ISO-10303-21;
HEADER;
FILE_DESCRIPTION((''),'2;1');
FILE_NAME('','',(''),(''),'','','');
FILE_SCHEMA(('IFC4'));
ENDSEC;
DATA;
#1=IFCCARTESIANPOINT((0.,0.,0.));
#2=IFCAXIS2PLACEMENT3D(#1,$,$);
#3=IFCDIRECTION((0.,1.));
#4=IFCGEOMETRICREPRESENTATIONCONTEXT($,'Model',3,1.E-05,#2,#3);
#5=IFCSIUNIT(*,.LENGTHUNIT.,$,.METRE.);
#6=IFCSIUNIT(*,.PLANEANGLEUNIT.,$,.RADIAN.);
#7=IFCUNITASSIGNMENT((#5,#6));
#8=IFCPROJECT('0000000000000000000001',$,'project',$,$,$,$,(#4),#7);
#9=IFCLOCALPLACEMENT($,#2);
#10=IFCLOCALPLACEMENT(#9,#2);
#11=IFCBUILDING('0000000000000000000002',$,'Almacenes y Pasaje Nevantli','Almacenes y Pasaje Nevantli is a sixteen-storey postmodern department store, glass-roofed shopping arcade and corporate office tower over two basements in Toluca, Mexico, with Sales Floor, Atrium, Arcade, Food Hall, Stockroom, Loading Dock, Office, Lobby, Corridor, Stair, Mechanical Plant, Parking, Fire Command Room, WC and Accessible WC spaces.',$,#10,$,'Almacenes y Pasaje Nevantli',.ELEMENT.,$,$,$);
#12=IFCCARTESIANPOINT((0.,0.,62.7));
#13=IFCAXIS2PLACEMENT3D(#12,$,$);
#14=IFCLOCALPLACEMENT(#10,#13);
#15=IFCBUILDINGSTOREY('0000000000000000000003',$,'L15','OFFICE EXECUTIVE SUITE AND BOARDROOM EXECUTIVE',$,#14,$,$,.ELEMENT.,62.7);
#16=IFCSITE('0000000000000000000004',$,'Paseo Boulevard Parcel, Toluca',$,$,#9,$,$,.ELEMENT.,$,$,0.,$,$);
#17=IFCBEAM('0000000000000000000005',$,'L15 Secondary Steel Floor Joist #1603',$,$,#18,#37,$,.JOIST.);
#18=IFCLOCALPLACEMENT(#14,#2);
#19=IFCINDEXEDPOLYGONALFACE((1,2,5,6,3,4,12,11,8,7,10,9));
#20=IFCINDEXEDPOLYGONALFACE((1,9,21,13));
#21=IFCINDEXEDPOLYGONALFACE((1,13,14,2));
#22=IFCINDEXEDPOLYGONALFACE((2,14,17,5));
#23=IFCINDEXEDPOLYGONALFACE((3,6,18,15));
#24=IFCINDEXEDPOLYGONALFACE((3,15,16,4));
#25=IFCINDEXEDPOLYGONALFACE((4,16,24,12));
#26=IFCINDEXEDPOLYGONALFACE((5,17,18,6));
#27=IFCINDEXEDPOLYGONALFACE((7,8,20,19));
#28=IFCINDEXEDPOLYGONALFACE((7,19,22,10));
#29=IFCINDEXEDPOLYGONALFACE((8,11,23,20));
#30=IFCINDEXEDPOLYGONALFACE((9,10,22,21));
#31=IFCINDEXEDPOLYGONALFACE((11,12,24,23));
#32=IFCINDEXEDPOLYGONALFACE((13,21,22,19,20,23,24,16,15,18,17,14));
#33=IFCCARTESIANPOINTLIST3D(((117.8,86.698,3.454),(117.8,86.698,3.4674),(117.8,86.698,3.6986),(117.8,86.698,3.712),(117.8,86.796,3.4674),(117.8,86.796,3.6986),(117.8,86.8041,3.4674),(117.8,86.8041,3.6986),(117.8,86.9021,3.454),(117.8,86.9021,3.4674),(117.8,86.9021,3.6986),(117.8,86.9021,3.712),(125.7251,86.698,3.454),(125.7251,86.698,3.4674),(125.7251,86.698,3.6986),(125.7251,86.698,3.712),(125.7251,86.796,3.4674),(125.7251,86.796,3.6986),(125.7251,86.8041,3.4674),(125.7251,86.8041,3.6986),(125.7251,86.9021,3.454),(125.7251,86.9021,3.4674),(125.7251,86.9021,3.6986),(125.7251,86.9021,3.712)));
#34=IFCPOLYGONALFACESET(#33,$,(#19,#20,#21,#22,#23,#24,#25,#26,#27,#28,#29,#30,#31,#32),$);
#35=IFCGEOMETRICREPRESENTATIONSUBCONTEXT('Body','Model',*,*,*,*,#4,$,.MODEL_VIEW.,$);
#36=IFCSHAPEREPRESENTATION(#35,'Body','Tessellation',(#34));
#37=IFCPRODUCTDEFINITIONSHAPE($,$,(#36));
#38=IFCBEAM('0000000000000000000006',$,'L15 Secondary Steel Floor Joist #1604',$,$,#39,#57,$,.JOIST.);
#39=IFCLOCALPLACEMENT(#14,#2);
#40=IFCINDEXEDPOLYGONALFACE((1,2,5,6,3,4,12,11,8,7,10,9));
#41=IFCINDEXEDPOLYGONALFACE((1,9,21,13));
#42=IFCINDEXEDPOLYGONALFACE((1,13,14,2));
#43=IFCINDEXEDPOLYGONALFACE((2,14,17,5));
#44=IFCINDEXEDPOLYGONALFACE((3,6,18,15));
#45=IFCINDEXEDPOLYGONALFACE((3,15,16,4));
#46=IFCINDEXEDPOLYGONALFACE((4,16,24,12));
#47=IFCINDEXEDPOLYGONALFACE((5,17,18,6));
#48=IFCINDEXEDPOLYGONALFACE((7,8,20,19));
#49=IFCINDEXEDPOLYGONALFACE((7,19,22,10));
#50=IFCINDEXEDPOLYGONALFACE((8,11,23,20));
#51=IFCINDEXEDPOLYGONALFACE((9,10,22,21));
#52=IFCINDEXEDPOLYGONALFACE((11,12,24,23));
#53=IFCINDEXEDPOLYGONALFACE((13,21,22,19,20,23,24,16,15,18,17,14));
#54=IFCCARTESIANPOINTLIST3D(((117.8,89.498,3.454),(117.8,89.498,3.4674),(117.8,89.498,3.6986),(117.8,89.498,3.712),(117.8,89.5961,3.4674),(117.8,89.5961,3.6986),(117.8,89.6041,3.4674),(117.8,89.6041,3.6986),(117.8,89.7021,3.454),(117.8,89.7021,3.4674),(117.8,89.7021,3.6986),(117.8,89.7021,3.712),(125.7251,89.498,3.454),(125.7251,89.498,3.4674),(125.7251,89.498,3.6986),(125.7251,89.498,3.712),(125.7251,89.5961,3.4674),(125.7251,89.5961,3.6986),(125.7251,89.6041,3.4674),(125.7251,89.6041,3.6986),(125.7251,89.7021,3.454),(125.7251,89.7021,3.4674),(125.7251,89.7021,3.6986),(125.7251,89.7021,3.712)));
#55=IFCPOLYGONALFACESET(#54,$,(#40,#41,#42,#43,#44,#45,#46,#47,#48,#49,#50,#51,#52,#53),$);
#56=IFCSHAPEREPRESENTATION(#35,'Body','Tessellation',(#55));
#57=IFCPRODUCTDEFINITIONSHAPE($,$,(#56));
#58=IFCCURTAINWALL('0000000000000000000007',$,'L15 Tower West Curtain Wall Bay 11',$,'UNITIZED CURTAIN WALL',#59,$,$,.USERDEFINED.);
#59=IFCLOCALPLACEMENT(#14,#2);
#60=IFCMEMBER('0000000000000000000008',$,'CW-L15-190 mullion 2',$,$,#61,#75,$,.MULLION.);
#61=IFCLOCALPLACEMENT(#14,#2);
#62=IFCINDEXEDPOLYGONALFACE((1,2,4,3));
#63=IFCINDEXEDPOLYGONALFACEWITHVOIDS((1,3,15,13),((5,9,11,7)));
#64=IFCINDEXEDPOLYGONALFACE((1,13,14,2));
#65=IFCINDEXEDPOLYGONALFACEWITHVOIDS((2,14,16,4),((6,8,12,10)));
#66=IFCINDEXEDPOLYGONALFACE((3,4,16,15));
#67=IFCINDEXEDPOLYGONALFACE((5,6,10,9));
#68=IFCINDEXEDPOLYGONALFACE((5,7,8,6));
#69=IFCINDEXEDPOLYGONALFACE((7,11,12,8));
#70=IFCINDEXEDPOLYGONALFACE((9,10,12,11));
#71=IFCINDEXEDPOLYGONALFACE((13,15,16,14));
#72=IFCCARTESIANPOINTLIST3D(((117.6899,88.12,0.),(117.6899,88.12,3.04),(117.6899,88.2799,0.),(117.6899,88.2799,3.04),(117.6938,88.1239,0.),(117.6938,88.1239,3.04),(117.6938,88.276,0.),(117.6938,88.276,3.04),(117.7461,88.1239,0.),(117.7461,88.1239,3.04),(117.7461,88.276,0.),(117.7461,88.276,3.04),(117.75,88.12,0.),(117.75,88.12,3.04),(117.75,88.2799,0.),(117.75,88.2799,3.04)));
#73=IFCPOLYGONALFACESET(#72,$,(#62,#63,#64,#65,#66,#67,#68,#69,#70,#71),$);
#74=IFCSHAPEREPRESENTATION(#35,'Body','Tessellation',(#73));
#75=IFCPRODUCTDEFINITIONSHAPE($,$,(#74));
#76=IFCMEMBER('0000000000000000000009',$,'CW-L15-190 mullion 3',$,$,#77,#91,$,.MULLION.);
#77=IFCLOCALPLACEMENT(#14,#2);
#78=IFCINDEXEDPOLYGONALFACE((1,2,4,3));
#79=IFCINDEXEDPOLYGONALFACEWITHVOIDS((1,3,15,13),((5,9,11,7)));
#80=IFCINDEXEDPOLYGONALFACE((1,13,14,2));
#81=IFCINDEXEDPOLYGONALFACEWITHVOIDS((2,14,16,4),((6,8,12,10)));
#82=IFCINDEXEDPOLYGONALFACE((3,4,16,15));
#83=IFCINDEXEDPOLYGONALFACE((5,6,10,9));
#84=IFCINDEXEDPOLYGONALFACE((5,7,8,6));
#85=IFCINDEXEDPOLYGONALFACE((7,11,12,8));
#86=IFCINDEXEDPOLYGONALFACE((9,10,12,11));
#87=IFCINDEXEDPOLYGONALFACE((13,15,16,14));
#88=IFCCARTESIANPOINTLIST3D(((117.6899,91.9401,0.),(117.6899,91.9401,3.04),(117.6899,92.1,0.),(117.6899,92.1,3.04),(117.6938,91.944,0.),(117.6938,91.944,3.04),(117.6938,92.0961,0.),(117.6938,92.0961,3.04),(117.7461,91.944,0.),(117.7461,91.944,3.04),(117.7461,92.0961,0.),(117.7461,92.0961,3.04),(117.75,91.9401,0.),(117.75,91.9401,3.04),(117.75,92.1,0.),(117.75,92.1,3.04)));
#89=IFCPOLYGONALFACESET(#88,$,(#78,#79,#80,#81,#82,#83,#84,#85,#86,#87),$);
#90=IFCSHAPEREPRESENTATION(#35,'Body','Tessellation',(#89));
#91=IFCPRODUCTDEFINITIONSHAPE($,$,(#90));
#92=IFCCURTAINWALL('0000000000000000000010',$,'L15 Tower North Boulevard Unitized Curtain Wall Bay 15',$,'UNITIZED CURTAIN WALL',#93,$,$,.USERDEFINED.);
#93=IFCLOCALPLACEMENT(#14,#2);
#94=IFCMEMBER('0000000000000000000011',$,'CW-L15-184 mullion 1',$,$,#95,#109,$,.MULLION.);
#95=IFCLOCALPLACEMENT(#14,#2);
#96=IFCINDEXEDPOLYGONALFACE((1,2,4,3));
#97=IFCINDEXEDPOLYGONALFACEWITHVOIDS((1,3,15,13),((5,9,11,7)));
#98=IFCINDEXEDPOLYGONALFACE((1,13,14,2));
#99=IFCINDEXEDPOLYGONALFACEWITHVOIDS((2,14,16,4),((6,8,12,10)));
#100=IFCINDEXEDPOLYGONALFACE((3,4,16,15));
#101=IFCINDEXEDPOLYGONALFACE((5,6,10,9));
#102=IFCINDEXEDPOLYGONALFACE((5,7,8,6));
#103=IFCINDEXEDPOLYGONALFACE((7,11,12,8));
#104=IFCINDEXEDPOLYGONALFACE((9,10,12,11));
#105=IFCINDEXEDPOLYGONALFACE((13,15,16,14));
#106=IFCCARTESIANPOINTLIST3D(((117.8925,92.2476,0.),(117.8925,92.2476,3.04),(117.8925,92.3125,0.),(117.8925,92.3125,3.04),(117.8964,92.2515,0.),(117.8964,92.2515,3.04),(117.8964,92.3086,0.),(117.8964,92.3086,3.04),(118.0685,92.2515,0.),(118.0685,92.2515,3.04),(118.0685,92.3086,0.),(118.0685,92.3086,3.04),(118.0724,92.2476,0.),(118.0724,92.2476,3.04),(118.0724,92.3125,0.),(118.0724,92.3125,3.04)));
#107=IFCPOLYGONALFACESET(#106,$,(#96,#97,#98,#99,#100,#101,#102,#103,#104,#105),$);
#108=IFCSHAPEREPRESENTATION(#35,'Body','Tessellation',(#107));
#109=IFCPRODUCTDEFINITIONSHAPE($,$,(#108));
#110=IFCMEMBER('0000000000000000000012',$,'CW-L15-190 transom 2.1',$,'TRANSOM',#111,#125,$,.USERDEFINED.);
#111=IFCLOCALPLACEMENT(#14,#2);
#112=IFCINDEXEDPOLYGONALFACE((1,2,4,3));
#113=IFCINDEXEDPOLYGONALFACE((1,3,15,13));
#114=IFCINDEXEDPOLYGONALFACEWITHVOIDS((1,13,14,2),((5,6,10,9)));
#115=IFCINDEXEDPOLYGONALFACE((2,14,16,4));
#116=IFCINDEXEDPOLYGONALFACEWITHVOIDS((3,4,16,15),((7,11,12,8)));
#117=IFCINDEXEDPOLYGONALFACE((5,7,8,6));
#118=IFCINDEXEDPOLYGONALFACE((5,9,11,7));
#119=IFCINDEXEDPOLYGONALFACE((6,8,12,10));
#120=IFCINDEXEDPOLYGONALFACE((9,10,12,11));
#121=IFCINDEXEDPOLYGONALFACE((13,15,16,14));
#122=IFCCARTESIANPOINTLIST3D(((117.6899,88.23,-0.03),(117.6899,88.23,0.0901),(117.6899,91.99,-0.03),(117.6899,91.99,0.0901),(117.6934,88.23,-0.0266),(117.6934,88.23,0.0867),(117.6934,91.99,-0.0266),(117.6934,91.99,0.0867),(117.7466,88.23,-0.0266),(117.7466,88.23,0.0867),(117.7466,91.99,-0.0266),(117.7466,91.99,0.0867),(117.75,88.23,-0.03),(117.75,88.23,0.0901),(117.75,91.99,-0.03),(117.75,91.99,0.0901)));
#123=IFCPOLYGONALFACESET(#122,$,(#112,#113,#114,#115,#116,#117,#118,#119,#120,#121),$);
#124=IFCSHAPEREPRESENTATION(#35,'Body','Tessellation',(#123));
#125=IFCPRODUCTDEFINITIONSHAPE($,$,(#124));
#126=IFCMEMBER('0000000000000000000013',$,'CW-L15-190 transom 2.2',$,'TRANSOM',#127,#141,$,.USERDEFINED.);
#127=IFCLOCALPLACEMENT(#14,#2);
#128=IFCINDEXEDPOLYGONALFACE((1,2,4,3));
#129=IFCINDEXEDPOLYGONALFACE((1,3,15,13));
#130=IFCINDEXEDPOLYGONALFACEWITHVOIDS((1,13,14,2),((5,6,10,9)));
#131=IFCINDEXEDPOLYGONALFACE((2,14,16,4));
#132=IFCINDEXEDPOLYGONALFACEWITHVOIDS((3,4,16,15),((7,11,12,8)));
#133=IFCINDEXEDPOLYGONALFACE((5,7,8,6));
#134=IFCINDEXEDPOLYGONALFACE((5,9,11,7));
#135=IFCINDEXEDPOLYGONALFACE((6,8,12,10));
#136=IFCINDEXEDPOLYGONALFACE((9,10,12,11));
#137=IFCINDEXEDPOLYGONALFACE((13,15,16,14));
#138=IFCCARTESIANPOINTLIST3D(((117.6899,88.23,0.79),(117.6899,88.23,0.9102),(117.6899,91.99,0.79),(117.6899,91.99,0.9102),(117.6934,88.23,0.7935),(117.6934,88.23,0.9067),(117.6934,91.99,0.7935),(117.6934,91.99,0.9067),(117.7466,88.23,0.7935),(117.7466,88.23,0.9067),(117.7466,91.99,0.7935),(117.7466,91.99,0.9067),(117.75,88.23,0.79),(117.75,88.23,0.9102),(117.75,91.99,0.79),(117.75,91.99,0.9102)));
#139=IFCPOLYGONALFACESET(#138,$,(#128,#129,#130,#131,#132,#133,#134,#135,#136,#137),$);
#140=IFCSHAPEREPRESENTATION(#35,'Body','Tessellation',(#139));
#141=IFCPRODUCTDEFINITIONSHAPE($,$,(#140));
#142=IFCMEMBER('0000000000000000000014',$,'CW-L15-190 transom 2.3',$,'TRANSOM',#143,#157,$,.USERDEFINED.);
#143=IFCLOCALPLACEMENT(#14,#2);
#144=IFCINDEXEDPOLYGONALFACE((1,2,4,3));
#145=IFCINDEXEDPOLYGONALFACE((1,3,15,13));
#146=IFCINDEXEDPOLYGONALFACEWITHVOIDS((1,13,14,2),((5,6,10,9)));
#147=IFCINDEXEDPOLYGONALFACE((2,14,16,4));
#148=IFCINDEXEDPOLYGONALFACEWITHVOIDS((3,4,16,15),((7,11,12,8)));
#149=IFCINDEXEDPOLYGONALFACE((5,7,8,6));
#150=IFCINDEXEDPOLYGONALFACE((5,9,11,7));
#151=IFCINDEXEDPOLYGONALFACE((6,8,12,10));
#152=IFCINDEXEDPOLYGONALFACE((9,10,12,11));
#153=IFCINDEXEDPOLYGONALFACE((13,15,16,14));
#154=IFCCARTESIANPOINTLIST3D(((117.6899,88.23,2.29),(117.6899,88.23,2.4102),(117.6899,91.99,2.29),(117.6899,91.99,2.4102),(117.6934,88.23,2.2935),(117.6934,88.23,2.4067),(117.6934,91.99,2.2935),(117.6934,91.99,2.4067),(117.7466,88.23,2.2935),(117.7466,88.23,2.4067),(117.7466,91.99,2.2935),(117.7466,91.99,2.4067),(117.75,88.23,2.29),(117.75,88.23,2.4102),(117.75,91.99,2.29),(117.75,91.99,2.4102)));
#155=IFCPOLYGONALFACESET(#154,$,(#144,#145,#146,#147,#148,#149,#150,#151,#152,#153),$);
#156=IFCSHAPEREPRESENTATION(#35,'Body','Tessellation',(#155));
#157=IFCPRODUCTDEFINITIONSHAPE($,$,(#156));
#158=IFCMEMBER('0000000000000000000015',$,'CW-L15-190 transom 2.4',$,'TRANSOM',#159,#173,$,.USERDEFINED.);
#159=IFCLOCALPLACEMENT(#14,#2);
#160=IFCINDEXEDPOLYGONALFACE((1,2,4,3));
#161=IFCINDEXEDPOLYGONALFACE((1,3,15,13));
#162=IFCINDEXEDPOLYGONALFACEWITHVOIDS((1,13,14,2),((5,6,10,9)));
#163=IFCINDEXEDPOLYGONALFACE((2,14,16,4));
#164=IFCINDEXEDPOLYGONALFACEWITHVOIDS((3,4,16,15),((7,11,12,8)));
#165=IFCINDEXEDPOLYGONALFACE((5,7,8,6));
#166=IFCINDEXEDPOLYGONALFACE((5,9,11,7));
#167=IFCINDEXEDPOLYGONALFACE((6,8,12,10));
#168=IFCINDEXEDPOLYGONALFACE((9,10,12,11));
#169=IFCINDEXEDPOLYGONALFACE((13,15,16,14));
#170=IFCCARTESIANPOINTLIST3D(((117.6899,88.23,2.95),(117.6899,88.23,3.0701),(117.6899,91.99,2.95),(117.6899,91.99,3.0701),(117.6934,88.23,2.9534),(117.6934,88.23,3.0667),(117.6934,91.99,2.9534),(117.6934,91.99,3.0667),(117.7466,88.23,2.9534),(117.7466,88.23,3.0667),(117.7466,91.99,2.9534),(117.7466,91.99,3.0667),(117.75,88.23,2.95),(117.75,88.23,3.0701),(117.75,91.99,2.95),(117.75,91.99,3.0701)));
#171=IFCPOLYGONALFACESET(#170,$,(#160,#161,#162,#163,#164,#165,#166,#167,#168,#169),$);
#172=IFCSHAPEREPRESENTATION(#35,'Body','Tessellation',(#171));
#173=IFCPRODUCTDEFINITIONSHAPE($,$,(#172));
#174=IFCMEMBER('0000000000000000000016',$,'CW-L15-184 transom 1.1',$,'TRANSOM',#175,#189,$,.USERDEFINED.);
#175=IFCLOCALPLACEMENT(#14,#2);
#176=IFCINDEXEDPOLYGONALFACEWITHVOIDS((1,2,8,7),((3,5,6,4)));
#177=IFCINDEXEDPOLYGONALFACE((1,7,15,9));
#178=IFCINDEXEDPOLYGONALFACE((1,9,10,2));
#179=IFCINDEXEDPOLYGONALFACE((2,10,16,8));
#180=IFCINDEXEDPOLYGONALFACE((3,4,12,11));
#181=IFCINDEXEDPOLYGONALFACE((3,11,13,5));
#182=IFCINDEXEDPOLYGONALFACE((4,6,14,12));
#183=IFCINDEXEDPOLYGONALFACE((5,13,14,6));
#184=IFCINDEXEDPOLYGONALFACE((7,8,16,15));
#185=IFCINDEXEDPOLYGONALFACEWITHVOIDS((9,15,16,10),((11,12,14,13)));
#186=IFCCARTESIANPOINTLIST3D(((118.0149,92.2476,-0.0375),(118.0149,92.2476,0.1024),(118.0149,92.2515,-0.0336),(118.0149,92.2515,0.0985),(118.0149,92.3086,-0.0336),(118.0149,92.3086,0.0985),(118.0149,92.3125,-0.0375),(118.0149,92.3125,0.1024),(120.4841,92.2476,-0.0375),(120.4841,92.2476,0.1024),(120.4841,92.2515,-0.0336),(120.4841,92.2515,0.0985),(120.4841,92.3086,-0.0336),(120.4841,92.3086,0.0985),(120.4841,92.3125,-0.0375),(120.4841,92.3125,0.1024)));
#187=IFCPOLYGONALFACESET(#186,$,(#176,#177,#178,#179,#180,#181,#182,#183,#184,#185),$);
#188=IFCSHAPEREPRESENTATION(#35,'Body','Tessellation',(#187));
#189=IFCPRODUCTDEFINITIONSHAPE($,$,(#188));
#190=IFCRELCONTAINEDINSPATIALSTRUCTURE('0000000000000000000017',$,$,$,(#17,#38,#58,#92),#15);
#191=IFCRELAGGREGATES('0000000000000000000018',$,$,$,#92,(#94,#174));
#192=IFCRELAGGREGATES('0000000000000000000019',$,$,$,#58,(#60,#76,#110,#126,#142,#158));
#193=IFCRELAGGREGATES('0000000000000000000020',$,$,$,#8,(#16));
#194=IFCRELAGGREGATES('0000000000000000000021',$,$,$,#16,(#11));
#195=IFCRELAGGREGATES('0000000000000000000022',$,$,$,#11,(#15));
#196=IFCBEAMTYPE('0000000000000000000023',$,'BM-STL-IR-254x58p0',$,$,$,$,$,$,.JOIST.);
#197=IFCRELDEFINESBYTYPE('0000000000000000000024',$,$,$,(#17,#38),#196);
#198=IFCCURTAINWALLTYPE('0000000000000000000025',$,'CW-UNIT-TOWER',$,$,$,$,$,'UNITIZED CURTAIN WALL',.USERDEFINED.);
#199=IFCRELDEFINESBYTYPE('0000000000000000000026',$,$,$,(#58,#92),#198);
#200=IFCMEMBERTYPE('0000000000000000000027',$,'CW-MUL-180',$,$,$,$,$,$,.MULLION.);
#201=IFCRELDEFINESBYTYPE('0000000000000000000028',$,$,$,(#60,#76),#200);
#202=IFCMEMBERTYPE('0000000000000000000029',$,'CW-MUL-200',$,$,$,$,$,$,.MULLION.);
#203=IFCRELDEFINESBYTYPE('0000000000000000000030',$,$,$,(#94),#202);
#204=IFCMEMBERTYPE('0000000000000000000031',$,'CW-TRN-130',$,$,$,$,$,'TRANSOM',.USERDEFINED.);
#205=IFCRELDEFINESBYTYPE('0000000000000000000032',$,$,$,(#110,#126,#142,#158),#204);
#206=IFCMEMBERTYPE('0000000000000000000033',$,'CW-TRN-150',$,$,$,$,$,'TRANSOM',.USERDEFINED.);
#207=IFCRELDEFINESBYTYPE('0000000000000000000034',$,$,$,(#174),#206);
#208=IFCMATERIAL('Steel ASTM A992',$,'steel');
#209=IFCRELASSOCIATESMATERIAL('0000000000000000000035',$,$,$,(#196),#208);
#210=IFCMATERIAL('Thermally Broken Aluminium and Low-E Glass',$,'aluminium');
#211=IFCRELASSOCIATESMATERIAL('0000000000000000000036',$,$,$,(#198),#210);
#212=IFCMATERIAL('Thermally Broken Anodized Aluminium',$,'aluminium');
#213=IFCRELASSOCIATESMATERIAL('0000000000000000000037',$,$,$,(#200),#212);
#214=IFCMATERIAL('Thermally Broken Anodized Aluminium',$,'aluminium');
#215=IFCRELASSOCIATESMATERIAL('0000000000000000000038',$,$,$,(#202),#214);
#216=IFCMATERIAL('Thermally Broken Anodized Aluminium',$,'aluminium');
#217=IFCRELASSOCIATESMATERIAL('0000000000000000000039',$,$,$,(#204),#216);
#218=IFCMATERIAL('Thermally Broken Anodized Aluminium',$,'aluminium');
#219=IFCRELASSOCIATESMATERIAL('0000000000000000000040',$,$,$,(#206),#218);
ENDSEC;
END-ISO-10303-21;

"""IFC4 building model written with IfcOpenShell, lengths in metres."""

from ifc_helpers import new_model, si_unit, direction, frame, origin, origin_2d, place, context, subcontext, project, spatial, hollow_rectangle, i_section, extrude, material, material_profile, profile_set, type_object, element, aggregate, save


model = new_model("IFC4")

# Units and contexts
model_context = context("Model", 3, precision=1e-05, world=origin(), true_north=direction((0.0, 1.0)))
body_context = subcontext(model_context, "Body", "Model", "MODEL_VIEW")
ifc_project = project(units=[si_unit("LENGTHUNIT", "METRE"), si_unit("PLANEANGLEUNIT", "RADIAN")], contexts=[model_context])

# Site, building, storey
site_placement = place(None, origin())
site = spatial("IfcSite", under=ifc_project, at=site_placement, Name="Paseo Boulevard Parcel, Toluca", CompositionType="ELEMENT", RefElevation=0.0)
building_placement = place(site_placement, origin())
building = spatial("IfcBuilding", under=site, at=building_placement, Name="Almacenes y Pasaje Nevantli", Description="Almacenes y Pasaje Nevantli is a sixteen-storey postmodern department store, glass-roofed shopping arcade and corporate office tower over two basements in Toluca, Mexico, with Sales Floor, Atrium, Arcade, Food Hall, Stockroom, Loading Dock, Office, Lobby, Corridor, Stair, Mechanical Plant, Parking, Fire Command Room, WC and Accessible WC spaces.", LongName="Almacenes y Pasaje Nevantli", CompositionType="ELEMENT")
storey_placement = place(building_placement, frame((0.0, 0.0, 62.7)))
storey = spatial("IfcBuildingStorey", under=building, at=storey_placement, Name="L15", Description="OFFICE EXECUTIVE SUITE AND BOARDROOM EXECUTIVE", CompositionType="ELEMENT", Elevation=62.7)

# Beams
ifc_material_1 = material(Name="Steel ASTM A992", Category="steel")
ifc_material_profile_1 = material_profile(ifc_material_1, i_section(OverallWidth=0.2041, OverallDepth=0.2581, WebThickness=0.0081, FlangeThickness=0.0134, at=origin_2d()), Name="IR 254x58.0")
ifc_profile_set_1 = profile_set([ifc_material_profile_1], Name="Steel ASTM A992")
beam_type = type_object("IfcBeamType", Name="BM-STL-IR-254x58p0", PredefinedType="JOIST", material=ifc_profile_set_1)
for number, where, z_axis, x_axis, name in (
    (1, (117.8, 86.8, 3.583), (1.0, 0.0, 0.0), (0.0, 1.0, 0.0), "L15 Secondary Steel Floor Joist #1603"),
    (2, (117.8, 89.6001, 3.583), (1.0, 0.0, 0.0), (0.0, 1.0, 0.0), "L15 Secondary Steel Floor Joist #1604"),
):
    element("IfcBeam", number, at=place(storey_placement, frame(where, z_axis=z_axis, x_axis=x_axis)), inside=storey, type_object=beam_type, Name=name, PredefinedType="JOIST", context=body_context, shape_type="SweptSolid", body=[
        extrude(i_section(OverallWidth=0.2041, OverallDepth=0.2581, WebThickness=0.0081, FlangeThickness=0.0134, at=origin_2d()), origin(), (0.0, 0.0, 1.0), 7.925),
    ])

# Curtain wall, members
ifc_material_2 = material(Name="Thermally Broken Aluminium and Low-E Glass", Category="aluminium")
curtain_wall_type = type_object("IfcCurtainWallType", Name="CW-UNIT-TOWER", ElementType="UNITIZED CURTAIN WALL", PredefinedType="USERDEFINED", material=ifc_material_2)
curtain_wall_1_placement = place(storey_placement, origin())
curtain_wall_1 = element("IfcCurtainWall", 3, at=curtain_wall_1_placement, inside=storey, type_object=curtain_wall_type, Name="L15 Tower West Curtain Wall Bay 11", ObjectType="UNITIZED CURTAIN WALL", PredefinedType="USERDEFINED")
ifc_material_3 = material(Name="Thermally Broken Anodized Aluminium", Category="aluminium")
ifc_material_profile_2 = material_profile(ifc_material_3, hollow_rectangle(XDim=0.0601, YDim=0.1599, WallThickness=0.0039, at=origin_2d()), Name="ALU-MUL-60x160")
ifc_profile_set_2 = profile_set([ifc_material_profile_2], Name="Thermally Broken Anodized Aluminium")
member_type_1 = type_object("IfcMemberType", Name="CW-MUL-180", PredefinedType="MULLION", material=ifc_profile_set_2)
member_1_placement = place(storey_placement, frame((117.72, 88.2, 0.0), z_axis=(0.0, 0.0, 1.0), x_axis=(-1.0, 0.0, 0.0)))
member_1 = element("IfcMember", 4, at=member_1_placement, type_object=member_type_1, Name="CW-L15-190 mullion 2", PredefinedType="MULLION", context=body_context, shape_type="SweptSolid", body=[
    extrude(hollow_rectangle(XDim=0.0601, YDim=0.1599, WallThickness=0.0039, at=origin_2d()), origin(), (0.0, 0.0, 1.0), 3.04),
])
member_2_placement = place(storey_placement, frame((117.72, 92.02, 0.0), z_axis=(0.0, 0.0, 1.0), x_axis=(-1.0, 0.0, 0.0)))
member_2 = element("IfcMember", 5, at=member_2_placement, type_object=member_type_1, Name="CW-L15-190 mullion 3", PredefinedType="MULLION", context=body_context, shape_type="SweptSolid", body=[
    extrude(hollow_rectangle(XDim=0.0601, YDim=0.1599, WallThickness=0.0039, at=origin_2d()), origin(), (0.0, 0.0, 1.0), 3.04),
])

# Curtain wall, member
curtain_wall_2_placement = place(storey_placement, origin())
curtain_wall_2 = element("IfcCurtainWall", 6, at=curtain_wall_2_placement, inside=storey, type_object=curtain_wall_type, Name="L15 Tower North Boulevard Unitized Curtain Wall Bay 15", ObjectType="UNITIZED CURTAIN WALL", PredefinedType="USERDEFINED")
ifc_material_4 = material(Name="Thermally Broken Anodized Aluminium", Category="aluminium")
ifc_material_profile_3 = material_profile(ifc_material_4, hollow_rectangle(XDim=0.0649, YDim=0.1799, WallThickness=0.0039, at=origin_2d()), Name="ALU-MUL-65x180")
ifc_profile_set_3 = profile_set([ifc_material_profile_3], Name="Thermally Broken Anodized Aluminium")
member_type_2 = type_object("IfcMemberType", Name="CW-MUL-200", PredefinedType="MULLION", material=ifc_profile_set_3)
member_3_placement = place(storey_placement, frame((117.9824, 92.28, 0.0), z_axis=(0.0, 0.0, 1.0), x_axis=(0.0, 1.0, 0.0)))
member_3 = element("IfcMember", 7, at=member_3_placement, type_object=member_type_2, Name="CW-L15-184 mullion 1", PredefinedType="MULLION", context=body_context, shape_type="SweptSolid", body=[
    extrude(hollow_rectangle(XDim=0.0649, YDim=0.1799, WallThickness=0.0039, at=origin_2d()), origin(), (0.0, 0.0, 1.0), 3.04),
])

# Members
ifc_material_5 = material(Name="Thermally Broken Anodized Aluminium", Category="aluminium")
ifc_material_profile_4 = material_profile(ifc_material_5, hollow_rectangle(XDim=0.0601, YDim=0.1201, WallThickness=0.0034, at=origin_2d()), Name="ALU-TRN-60x120")
ifc_profile_set_4 = profile_set([ifc_material_profile_4], Name="Thermally Broken Anodized Aluminium")
member_type_3 = type_object("IfcMemberType", Name="CW-TRN-130", ElementType="TRANSOM", PredefinedType="USERDEFINED", material=ifc_profile_set_4)
member_4_placement = place(storey_placement, frame((117.72, 88.23, 0.03), z_axis=(0.0, 1.0, 0.0), x_axis=(-1.0, 0.0, 0.0)))
member_4 = element("IfcMember", 8, at=member_4_placement, type_object=member_type_3, Name="CW-L15-190 transom 2.1", ObjectType="TRANSOM", PredefinedType="USERDEFINED", context=body_context, shape_type="SweptSolid", body=[
    extrude(hollow_rectangle(XDim=0.0601, YDim=0.1201, WallThickness=0.0034, at=origin_2d()), origin(), (0.0, 0.0, 1.0), 3.76),
])
member_5_placement = place(storey_placement, frame((117.72, 88.23, 0.8501), z_axis=(0.0, 1.0, 0.0), x_axis=(-1.0, 0.0, 0.0)))
member_5 = element("IfcMember", 9, at=member_5_placement, type_object=member_type_3, Name="CW-L15-190 transom 2.2", ObjectType="TRANSOM", PredefinedType="USERDEFINED", context=body_context, shape_type="SweptSolid", body=[
    extrude(hollow_rectangle(XDim=0.0601, YDim=0.1201, WallThickness=0.0034, at=origin_2d()), origin(), (0.0, 0.0, 1.0), 3.76),
])
member_6_placement = place(storey_placement, frame((117.72, 88.23, 2.3501), z_axis=(0.0, 1.0, 0.0), x_axis=(-1.0, 0.0, 0.0)))
member_6 = element("IfcMember", 10, at=member_6_placement, type_object=member_type_3, Name="CW-L15-190 transom 2.3", ObjectType="TRANSOM", PredefinedType="USERDEFINED", context=body_context, shape_type="SweptSolid", body=[
    extrude(hollow_rectangle(XDim=0.0601, YDim=0.1201, WallThickness=0.0034, at=origin_2d()), origin(), (0.0, 0.0, 1.0), 3.76),
])
member_7_placement = place(storey_placement, frame((117.72, 88.23, 3.01), z_axis=(0.0, 1.0, 0.0), x_axis=(-1.0, 0.0, 0.0)))
member_7 = element("IfcMember", 11, at=member_7_placement, type_object=member_type_3, Name="CW-L15-190 transom 2.4", ObjectType="TRANSOM", PredefinedType="USERDEFINED", context=body_context, shape_type="SweptSolid", body=[
    extrude(hollow_rectangle(XDim=0.0601, YDim=0.1201, WallThickness=0.0034, at=origin_2d()), origin(), (0.0, 0.0, 1.0), 3.76),
])
ifc_material_6 = material(Name="Thermally Broken Anodized Aluminium", Category="aluminium")
ifc_material_profile_5 = material_profile(ifc_material_6, hollow_rectangle(XDim=0.0649, YDim=0.1399, WallThickness=0.0039, at=origin_2d()), Name="ALU-TRN-65x140")
ifc_profile_set_5 = profile_set([ifc_material_profile_5], Name="Thermally Broken Anodized Aluminium")
member_type_4 = type_object("IfcMemberType", Name="CW-TRN-150", ElementType="TRANSOM", PredefinedType="USERDEFINED", material=ifc_profile_set_5)
member_8_placement = place(storey_placement, frame((118.0149, 92.28, 0.0325), z_axis=(1.0, 0.0, 0.0), x_axis=(0.0, 1.0, 0.0)))
member_8 = element("IfcMember", 12, at=member_8_placement, type_object=member_type_4, Name="CW-L15-184 transom 1.1", ObjectType="TRANSOM", PredefinedType="USERDEFINED", context=body_context, shape_type="SweptSolid", body=[
    extrude(hollow_rectangle(XDim=0.0649, YDim=0.1399, WallThickness=0.0039, at=origin_2d()), origin(), (0.0, 0.0, 1.0), 2.4692),
])
aggregate(curtain_wall_2, [member_3, member_8])

aggregate(curtain_wall_1, [member_1, member_2, member_4, member_5, member_6, member_7])

save(model, "model.ifc")
